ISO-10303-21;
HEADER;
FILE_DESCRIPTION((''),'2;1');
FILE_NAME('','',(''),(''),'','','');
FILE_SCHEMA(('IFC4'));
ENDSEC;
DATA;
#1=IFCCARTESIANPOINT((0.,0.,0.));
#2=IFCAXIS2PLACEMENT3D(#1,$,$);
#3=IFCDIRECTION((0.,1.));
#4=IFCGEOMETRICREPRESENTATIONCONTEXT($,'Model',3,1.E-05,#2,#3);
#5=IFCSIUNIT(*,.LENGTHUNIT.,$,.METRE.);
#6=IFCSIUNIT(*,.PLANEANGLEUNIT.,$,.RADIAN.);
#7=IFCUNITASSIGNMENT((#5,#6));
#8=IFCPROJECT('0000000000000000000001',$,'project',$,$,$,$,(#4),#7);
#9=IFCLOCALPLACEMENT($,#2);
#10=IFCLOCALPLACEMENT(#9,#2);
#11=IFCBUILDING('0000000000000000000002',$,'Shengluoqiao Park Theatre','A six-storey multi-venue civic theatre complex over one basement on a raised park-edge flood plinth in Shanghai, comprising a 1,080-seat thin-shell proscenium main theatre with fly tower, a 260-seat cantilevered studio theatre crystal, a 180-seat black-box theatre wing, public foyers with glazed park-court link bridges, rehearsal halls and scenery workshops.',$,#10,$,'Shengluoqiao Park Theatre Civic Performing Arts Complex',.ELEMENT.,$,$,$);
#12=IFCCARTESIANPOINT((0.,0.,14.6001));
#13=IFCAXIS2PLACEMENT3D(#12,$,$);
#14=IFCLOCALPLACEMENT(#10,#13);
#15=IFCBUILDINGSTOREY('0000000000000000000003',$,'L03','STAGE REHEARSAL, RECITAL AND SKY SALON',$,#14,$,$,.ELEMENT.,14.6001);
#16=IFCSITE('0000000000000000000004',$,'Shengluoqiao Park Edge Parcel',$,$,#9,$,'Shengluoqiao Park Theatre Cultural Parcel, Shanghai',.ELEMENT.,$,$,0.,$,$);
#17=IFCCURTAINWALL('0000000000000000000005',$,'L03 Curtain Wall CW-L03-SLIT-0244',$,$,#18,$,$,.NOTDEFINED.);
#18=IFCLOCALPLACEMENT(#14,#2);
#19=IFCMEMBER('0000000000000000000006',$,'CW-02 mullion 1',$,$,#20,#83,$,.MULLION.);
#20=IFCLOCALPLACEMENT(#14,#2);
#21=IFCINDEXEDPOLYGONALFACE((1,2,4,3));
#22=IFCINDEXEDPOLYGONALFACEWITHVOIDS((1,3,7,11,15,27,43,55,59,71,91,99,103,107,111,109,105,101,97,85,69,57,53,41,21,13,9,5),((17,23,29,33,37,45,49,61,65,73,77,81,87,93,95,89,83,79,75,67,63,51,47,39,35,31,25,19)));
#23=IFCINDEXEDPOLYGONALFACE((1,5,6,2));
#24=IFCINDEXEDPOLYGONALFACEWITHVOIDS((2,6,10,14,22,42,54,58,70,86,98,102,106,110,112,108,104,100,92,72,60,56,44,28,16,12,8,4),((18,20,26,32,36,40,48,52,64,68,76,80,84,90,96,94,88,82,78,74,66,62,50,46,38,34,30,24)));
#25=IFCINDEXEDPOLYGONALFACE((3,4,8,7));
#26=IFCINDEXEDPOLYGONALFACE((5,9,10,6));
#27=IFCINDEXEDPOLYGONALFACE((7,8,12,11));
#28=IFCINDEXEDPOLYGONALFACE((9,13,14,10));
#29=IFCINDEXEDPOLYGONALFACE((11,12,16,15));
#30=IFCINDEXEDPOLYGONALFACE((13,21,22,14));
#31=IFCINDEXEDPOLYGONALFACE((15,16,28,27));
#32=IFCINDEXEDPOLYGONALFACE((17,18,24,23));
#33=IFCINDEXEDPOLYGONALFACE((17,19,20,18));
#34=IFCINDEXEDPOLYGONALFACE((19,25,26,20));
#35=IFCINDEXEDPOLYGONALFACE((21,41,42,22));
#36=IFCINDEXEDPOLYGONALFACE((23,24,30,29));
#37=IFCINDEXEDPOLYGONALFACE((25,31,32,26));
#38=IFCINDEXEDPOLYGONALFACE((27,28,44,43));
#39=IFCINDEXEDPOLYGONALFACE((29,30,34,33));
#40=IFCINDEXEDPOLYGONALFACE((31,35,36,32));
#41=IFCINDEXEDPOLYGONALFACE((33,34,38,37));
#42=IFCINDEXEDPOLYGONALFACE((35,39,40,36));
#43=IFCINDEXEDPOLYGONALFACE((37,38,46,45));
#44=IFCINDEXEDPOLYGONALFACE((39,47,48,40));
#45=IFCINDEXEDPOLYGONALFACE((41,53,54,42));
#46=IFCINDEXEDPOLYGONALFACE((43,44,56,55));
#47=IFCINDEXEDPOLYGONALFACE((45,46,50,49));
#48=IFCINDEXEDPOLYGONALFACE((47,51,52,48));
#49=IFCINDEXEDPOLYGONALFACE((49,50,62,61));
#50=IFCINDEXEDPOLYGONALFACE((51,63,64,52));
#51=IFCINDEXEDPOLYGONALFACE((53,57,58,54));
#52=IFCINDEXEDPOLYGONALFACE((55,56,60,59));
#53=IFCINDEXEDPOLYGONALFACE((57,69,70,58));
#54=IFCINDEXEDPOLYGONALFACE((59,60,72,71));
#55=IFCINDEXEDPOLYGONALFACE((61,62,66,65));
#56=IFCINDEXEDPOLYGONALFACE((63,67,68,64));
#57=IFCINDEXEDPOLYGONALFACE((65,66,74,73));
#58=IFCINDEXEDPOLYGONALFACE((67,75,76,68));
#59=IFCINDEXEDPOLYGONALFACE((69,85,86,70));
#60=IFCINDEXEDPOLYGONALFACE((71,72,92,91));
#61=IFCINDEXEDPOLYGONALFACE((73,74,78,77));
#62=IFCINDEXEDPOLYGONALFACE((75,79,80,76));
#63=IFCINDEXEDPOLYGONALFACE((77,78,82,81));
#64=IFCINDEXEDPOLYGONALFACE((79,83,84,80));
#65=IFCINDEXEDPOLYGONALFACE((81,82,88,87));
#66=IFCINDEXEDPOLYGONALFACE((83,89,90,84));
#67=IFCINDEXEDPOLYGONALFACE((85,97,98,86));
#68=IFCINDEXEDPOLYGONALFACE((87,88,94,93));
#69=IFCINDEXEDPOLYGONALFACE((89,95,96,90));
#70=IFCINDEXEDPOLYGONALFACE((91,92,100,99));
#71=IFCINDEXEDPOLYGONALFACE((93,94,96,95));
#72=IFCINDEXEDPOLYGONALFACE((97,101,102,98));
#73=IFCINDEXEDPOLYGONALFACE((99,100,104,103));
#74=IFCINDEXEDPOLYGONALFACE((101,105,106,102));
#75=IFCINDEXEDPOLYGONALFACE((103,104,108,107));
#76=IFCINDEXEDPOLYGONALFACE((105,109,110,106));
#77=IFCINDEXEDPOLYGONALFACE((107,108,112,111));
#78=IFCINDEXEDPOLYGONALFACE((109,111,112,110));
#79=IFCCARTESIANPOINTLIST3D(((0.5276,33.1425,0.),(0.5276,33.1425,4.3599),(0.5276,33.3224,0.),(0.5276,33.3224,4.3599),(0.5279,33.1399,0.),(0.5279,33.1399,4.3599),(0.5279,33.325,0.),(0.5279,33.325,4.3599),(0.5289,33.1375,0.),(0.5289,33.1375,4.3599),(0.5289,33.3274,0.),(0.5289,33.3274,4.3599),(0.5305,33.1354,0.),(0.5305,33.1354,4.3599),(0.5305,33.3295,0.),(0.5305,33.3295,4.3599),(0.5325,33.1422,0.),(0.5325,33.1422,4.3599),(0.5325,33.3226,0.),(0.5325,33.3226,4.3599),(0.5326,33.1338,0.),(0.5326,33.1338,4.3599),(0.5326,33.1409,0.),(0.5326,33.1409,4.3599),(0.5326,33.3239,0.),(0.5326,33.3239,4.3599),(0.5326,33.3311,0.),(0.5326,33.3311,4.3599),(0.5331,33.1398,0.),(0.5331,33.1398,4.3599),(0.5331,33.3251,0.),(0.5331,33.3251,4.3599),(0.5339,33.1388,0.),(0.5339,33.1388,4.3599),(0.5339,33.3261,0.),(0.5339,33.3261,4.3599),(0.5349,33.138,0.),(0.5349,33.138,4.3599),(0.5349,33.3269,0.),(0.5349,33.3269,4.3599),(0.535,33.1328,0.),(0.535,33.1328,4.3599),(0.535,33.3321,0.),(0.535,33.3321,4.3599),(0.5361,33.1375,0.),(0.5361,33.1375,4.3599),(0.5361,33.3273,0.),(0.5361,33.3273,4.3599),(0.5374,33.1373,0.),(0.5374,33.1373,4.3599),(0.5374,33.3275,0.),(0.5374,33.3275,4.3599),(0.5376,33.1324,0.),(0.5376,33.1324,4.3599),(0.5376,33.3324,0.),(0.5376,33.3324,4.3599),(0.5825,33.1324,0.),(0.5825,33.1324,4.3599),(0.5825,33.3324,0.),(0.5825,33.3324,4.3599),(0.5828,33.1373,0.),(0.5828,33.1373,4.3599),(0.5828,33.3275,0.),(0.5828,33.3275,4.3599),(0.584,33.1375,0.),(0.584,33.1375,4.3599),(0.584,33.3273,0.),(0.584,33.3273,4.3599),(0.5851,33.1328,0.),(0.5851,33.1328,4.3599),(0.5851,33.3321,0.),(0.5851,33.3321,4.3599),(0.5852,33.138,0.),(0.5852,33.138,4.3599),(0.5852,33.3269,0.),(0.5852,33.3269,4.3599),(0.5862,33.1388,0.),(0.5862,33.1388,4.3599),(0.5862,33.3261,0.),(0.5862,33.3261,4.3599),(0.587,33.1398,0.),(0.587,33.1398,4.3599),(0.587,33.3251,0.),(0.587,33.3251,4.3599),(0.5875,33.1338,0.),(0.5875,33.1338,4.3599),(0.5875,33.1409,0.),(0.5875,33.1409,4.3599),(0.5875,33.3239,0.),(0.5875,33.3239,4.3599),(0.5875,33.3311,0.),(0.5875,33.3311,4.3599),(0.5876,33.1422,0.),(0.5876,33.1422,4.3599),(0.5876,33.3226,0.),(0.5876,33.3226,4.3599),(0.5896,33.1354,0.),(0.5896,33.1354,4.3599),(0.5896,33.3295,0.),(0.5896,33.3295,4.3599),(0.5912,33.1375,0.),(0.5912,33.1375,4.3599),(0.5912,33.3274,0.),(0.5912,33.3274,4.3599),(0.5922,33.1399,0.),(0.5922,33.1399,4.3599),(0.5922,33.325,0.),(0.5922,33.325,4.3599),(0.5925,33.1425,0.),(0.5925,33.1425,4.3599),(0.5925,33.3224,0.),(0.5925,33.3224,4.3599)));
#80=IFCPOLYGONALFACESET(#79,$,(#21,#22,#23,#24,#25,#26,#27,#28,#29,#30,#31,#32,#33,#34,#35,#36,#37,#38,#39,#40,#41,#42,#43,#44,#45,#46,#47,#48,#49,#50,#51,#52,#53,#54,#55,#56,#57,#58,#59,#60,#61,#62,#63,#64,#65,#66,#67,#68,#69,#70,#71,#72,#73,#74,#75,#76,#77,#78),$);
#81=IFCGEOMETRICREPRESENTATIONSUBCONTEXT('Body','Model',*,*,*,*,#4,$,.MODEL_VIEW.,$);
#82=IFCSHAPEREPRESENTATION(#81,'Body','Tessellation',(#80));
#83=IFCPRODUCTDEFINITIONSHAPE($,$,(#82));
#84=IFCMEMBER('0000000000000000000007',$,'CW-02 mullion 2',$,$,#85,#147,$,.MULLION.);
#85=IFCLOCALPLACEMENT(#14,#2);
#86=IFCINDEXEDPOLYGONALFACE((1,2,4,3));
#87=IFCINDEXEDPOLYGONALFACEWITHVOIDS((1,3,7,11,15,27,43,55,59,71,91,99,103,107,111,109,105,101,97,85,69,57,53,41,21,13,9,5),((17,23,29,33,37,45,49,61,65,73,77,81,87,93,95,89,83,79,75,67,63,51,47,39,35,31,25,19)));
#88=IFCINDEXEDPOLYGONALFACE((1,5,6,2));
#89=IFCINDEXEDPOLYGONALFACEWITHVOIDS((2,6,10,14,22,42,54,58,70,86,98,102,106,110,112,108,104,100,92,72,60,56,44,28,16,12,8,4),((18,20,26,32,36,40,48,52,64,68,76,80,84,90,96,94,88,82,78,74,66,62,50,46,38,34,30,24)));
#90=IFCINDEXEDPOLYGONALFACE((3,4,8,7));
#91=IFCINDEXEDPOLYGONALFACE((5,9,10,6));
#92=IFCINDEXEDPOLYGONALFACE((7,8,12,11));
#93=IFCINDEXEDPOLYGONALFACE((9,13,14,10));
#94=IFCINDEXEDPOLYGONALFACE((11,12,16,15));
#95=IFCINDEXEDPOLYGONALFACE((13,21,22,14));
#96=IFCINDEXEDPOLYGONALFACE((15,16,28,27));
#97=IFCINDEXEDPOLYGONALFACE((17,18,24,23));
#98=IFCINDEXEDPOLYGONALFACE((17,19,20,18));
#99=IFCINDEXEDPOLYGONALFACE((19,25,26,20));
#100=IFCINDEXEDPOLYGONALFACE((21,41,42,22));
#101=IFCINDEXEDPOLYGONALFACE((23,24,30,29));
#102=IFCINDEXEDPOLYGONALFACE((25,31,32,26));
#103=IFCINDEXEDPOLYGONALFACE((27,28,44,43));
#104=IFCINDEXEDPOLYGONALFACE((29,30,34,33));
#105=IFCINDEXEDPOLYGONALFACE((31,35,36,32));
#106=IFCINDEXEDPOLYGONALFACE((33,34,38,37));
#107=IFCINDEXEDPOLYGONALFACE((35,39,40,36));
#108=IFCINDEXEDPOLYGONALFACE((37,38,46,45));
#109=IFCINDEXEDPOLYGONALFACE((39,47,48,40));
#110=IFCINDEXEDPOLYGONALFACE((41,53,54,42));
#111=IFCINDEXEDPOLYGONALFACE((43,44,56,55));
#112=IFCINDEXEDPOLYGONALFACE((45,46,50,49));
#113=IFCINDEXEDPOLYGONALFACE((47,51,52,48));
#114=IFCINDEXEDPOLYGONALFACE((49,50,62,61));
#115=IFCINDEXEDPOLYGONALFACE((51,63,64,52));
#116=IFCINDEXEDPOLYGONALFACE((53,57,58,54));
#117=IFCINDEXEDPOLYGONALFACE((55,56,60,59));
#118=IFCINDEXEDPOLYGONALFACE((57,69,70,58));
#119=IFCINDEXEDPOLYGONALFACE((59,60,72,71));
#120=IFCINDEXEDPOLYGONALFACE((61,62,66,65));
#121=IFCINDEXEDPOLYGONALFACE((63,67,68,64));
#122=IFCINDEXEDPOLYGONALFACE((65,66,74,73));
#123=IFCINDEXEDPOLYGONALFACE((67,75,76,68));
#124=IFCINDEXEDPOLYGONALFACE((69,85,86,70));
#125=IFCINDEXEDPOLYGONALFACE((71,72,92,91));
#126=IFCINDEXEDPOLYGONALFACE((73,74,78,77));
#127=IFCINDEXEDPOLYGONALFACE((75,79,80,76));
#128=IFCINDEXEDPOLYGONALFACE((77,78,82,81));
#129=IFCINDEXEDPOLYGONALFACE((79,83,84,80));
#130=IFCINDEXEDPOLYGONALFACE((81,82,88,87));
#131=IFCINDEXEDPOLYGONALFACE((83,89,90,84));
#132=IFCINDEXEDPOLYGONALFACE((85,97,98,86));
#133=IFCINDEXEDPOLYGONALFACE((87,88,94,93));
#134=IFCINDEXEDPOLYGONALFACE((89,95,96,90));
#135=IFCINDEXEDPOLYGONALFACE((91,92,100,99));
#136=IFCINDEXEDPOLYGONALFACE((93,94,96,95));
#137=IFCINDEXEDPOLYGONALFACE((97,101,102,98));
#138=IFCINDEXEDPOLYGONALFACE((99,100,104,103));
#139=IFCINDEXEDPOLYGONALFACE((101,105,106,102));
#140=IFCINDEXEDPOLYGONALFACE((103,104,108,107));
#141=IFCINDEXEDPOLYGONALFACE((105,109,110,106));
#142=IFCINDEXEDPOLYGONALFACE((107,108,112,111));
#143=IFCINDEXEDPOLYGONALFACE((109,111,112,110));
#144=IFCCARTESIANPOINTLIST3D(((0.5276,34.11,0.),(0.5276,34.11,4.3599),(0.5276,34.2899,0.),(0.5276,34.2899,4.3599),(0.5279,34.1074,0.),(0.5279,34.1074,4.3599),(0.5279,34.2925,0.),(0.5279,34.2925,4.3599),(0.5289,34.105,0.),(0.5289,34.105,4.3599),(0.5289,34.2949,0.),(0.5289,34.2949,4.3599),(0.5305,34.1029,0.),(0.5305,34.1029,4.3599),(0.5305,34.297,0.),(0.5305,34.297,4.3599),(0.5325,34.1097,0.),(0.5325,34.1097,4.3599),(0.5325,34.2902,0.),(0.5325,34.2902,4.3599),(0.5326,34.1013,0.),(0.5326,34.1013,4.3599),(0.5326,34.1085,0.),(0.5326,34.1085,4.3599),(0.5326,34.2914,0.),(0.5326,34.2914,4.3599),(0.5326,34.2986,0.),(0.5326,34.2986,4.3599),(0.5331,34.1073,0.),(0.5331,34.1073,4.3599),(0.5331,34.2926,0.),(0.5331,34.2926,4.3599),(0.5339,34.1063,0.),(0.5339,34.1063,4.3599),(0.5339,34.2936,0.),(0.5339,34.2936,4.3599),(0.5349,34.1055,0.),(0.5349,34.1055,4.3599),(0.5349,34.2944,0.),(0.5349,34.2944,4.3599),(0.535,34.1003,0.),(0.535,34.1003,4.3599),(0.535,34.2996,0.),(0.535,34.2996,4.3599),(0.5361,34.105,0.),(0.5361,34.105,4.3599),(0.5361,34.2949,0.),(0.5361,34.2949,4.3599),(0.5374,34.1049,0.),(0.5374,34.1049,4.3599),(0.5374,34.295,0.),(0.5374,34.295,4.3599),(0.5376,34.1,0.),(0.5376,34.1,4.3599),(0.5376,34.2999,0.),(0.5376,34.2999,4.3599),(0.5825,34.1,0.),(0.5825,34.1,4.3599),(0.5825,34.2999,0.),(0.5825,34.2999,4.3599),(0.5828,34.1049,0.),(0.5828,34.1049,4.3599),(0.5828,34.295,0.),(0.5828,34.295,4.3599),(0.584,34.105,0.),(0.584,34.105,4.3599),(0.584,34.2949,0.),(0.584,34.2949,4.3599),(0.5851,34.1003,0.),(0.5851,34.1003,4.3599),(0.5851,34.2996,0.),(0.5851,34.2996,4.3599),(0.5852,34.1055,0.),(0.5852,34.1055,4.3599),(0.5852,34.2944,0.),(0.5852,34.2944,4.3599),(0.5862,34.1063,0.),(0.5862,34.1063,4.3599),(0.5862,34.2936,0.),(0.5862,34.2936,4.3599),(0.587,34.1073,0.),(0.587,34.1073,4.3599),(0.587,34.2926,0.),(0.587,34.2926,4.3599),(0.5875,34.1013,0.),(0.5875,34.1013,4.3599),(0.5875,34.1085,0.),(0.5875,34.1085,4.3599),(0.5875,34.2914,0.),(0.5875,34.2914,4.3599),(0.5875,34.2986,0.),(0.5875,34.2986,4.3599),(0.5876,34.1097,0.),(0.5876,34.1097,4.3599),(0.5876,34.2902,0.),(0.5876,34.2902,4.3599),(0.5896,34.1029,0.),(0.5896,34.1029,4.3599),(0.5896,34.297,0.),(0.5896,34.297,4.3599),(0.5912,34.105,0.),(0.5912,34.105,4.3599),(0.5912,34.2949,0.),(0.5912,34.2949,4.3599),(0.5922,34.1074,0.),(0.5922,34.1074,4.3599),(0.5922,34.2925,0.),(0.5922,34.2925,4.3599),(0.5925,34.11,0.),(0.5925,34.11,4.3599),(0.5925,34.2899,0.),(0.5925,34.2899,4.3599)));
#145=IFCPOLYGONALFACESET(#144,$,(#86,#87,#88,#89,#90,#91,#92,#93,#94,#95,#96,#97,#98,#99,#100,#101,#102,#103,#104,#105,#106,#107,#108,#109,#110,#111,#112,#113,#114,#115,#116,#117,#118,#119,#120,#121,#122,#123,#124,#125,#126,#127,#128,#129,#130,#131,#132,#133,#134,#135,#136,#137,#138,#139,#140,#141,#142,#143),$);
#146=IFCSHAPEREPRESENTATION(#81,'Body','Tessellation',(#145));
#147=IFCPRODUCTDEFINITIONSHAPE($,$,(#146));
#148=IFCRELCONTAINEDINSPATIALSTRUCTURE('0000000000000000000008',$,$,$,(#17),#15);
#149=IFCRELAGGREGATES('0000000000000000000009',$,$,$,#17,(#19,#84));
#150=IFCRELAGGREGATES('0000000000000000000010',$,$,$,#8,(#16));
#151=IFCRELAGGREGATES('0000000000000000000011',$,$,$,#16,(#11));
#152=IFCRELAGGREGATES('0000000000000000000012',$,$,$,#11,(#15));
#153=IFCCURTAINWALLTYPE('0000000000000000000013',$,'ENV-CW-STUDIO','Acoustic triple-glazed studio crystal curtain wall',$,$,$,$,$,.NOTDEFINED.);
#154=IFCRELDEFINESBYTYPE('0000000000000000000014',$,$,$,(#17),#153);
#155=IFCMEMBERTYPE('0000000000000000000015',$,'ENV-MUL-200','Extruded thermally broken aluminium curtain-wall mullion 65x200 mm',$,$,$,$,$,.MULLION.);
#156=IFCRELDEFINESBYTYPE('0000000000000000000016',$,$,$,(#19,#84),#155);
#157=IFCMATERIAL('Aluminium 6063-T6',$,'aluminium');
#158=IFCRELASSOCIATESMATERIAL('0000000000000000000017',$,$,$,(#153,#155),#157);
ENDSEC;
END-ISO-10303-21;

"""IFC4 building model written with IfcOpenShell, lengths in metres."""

from ifc_helpers import new_model, si_unit, direction, frame, origin, origin_2d, place, context, subcontext, project, spatial, hollow_rectangle, extrude, material, material_profile, profile_set, type_object, element, aggregate, save


model = new_model("IFC4")

# Units and contexts
model_context = context("Model", 3, precision=1e-05, world=origin(), true_north=direction((0.0, 1.0)))
body_context = subcontext(model_context, "Body", "Model", "MODEL_VIEW")
ifc_project = project(units=[si_unit("LENGTHUNIT", "METRE"), si_unit("PLANEANGLEUNIT", "RADIAN")], contexts=[model_context])

# Site, building, storey
site_placement = place(None, origin())
site = spatial("IfcSite", under=ifc_project, at=site_placement, Name="Shengluoqiao Park Edge Parcel", LongName="Shengluoqiao Park Theatre Cultural Parcel, Shanghai", CompositionType="ELEMENT", RefElevation=0.0)
building_placement = place(site_placement, origin())
building = spatial("IfcBuilding", under=site, at=building_placement, Name="Shengluoqiao Park Theatre", Description="A six-storey multi-venue civic theatre complex over one basement on a raised park-edge flood plinth in Shanghai, comprising a 1,080-seat thin-shell proscenium main theatre with fly tower, a 260-seat cantilevered studio theatre crystal, a 180-seat black-box theatre wing, public foyers with glazed park-court link bridges, rehearsal halls and scenery workshops.", LongName="Shengluoqiao Park Theatre Civic Performing Arts Complex", CompositionType="ELEMENT")
storey_placement = place(building_placement, frame((0.0, 0.0, 14.6001)))
storey = spatial("IfcBuildingStorey", under=building, at=storey_placement, Name="L03", Description="STAGE REHEARSAL, RECITAL AND SKY SALON", CompositionType="ELEMENT", Elevation=14.6001)

# Curtain wall, members
ifc_material_1 = material(Name="Aluminium 6063-T6", Category="aluminium")
curtain_wall_type = type_object("IfcCurtainWallType", Name="ENV-CW-STUDIO", Description="Acoustic triple-glazed studio crystal curtain wall", PredefinedType="NOTDEFINED", material=ifc_material_1)
curtain_wall_1_placement = place(storey_placement, origin())
curtain_wall_1 = element("IfcCurtainWall", 1, at=curtain_wall_1_placement, inside=storey, type_object=curtain_wall_type, Name="L03 Curtain Wall CW-L03-SLIT-0244", PredefinedType="NOTDEFINED")
ifc_material_profile_1 = material_profile(ifc_material_1, hollow_rectangle(XDim=0.0649, YDim=0.2, WallThickness=0.0049, InnerFilletRadius=0.0049, OuterFilletRadius=0.01, at=origin_2d()), Name="ALU MULLION 200x65x5")
ifc_profile_set_1 = profile_set([ifc_material_profile_1], Name="Aluminium 6063-T6")
member_type_1 = type_object("IfcMemberType", Name="ENV-MUL-200", Description="Extruded thermally broken aluminium curtain-wall mullion 65x200 mm", PredefinedType="MULLION", material=ifc_profile_set_1)
member_1_placement = place(storey_placement, frame((0.5601, 33.2324, 0.0), z_axis=(0.0, 0.0, 1.0), x_axis=(-1.0, 0.0, 0.0)))
member_1 = element("IfcMember", 2, at=member_1_placement, type_object=member_type_1, Name="CW-02 mullion 1", PredefinedType="MULLION", context=body_context, shape_type="SweptSolid", body=[
    extrude(hollow_rectangle(XDim=0.0649, YDim=0.2, WallThickness=0.0049, InnerFilletRadius=0.0049, OuterFilletRadius=0.01, at=origin_2d()), origin(), (0.0, 0.0, 1.0), 4.3599),
])
member_2_placement = place(storey_placement, frame((0.5601, 34.2, 0.0), z_axis=(0.0, 0.0, 1.0), x_axis=(-1.0, 0.0, 0.0)))
member_2 = element("IfcMember", 3, at=member_2_placement, type_object=member_type_1, Name="CW-02 mullion 2", PredefinedType="MULLION", context=body_context, shape_type="SweptSolid", body=[
    extrude(hollow_rectangle(XDim=0.0649, YDim=0.2, WallThickness=0.0049, InnerFilletRadius=0.0049, OuterFilletRadius=0.01, at=origin_2d()), origin(), (0.0, 0.0, 1.0), 4.3599),
])

aggregate(curtain_wall_1, [member_1, member_2])

save(model, "model.ifc")
